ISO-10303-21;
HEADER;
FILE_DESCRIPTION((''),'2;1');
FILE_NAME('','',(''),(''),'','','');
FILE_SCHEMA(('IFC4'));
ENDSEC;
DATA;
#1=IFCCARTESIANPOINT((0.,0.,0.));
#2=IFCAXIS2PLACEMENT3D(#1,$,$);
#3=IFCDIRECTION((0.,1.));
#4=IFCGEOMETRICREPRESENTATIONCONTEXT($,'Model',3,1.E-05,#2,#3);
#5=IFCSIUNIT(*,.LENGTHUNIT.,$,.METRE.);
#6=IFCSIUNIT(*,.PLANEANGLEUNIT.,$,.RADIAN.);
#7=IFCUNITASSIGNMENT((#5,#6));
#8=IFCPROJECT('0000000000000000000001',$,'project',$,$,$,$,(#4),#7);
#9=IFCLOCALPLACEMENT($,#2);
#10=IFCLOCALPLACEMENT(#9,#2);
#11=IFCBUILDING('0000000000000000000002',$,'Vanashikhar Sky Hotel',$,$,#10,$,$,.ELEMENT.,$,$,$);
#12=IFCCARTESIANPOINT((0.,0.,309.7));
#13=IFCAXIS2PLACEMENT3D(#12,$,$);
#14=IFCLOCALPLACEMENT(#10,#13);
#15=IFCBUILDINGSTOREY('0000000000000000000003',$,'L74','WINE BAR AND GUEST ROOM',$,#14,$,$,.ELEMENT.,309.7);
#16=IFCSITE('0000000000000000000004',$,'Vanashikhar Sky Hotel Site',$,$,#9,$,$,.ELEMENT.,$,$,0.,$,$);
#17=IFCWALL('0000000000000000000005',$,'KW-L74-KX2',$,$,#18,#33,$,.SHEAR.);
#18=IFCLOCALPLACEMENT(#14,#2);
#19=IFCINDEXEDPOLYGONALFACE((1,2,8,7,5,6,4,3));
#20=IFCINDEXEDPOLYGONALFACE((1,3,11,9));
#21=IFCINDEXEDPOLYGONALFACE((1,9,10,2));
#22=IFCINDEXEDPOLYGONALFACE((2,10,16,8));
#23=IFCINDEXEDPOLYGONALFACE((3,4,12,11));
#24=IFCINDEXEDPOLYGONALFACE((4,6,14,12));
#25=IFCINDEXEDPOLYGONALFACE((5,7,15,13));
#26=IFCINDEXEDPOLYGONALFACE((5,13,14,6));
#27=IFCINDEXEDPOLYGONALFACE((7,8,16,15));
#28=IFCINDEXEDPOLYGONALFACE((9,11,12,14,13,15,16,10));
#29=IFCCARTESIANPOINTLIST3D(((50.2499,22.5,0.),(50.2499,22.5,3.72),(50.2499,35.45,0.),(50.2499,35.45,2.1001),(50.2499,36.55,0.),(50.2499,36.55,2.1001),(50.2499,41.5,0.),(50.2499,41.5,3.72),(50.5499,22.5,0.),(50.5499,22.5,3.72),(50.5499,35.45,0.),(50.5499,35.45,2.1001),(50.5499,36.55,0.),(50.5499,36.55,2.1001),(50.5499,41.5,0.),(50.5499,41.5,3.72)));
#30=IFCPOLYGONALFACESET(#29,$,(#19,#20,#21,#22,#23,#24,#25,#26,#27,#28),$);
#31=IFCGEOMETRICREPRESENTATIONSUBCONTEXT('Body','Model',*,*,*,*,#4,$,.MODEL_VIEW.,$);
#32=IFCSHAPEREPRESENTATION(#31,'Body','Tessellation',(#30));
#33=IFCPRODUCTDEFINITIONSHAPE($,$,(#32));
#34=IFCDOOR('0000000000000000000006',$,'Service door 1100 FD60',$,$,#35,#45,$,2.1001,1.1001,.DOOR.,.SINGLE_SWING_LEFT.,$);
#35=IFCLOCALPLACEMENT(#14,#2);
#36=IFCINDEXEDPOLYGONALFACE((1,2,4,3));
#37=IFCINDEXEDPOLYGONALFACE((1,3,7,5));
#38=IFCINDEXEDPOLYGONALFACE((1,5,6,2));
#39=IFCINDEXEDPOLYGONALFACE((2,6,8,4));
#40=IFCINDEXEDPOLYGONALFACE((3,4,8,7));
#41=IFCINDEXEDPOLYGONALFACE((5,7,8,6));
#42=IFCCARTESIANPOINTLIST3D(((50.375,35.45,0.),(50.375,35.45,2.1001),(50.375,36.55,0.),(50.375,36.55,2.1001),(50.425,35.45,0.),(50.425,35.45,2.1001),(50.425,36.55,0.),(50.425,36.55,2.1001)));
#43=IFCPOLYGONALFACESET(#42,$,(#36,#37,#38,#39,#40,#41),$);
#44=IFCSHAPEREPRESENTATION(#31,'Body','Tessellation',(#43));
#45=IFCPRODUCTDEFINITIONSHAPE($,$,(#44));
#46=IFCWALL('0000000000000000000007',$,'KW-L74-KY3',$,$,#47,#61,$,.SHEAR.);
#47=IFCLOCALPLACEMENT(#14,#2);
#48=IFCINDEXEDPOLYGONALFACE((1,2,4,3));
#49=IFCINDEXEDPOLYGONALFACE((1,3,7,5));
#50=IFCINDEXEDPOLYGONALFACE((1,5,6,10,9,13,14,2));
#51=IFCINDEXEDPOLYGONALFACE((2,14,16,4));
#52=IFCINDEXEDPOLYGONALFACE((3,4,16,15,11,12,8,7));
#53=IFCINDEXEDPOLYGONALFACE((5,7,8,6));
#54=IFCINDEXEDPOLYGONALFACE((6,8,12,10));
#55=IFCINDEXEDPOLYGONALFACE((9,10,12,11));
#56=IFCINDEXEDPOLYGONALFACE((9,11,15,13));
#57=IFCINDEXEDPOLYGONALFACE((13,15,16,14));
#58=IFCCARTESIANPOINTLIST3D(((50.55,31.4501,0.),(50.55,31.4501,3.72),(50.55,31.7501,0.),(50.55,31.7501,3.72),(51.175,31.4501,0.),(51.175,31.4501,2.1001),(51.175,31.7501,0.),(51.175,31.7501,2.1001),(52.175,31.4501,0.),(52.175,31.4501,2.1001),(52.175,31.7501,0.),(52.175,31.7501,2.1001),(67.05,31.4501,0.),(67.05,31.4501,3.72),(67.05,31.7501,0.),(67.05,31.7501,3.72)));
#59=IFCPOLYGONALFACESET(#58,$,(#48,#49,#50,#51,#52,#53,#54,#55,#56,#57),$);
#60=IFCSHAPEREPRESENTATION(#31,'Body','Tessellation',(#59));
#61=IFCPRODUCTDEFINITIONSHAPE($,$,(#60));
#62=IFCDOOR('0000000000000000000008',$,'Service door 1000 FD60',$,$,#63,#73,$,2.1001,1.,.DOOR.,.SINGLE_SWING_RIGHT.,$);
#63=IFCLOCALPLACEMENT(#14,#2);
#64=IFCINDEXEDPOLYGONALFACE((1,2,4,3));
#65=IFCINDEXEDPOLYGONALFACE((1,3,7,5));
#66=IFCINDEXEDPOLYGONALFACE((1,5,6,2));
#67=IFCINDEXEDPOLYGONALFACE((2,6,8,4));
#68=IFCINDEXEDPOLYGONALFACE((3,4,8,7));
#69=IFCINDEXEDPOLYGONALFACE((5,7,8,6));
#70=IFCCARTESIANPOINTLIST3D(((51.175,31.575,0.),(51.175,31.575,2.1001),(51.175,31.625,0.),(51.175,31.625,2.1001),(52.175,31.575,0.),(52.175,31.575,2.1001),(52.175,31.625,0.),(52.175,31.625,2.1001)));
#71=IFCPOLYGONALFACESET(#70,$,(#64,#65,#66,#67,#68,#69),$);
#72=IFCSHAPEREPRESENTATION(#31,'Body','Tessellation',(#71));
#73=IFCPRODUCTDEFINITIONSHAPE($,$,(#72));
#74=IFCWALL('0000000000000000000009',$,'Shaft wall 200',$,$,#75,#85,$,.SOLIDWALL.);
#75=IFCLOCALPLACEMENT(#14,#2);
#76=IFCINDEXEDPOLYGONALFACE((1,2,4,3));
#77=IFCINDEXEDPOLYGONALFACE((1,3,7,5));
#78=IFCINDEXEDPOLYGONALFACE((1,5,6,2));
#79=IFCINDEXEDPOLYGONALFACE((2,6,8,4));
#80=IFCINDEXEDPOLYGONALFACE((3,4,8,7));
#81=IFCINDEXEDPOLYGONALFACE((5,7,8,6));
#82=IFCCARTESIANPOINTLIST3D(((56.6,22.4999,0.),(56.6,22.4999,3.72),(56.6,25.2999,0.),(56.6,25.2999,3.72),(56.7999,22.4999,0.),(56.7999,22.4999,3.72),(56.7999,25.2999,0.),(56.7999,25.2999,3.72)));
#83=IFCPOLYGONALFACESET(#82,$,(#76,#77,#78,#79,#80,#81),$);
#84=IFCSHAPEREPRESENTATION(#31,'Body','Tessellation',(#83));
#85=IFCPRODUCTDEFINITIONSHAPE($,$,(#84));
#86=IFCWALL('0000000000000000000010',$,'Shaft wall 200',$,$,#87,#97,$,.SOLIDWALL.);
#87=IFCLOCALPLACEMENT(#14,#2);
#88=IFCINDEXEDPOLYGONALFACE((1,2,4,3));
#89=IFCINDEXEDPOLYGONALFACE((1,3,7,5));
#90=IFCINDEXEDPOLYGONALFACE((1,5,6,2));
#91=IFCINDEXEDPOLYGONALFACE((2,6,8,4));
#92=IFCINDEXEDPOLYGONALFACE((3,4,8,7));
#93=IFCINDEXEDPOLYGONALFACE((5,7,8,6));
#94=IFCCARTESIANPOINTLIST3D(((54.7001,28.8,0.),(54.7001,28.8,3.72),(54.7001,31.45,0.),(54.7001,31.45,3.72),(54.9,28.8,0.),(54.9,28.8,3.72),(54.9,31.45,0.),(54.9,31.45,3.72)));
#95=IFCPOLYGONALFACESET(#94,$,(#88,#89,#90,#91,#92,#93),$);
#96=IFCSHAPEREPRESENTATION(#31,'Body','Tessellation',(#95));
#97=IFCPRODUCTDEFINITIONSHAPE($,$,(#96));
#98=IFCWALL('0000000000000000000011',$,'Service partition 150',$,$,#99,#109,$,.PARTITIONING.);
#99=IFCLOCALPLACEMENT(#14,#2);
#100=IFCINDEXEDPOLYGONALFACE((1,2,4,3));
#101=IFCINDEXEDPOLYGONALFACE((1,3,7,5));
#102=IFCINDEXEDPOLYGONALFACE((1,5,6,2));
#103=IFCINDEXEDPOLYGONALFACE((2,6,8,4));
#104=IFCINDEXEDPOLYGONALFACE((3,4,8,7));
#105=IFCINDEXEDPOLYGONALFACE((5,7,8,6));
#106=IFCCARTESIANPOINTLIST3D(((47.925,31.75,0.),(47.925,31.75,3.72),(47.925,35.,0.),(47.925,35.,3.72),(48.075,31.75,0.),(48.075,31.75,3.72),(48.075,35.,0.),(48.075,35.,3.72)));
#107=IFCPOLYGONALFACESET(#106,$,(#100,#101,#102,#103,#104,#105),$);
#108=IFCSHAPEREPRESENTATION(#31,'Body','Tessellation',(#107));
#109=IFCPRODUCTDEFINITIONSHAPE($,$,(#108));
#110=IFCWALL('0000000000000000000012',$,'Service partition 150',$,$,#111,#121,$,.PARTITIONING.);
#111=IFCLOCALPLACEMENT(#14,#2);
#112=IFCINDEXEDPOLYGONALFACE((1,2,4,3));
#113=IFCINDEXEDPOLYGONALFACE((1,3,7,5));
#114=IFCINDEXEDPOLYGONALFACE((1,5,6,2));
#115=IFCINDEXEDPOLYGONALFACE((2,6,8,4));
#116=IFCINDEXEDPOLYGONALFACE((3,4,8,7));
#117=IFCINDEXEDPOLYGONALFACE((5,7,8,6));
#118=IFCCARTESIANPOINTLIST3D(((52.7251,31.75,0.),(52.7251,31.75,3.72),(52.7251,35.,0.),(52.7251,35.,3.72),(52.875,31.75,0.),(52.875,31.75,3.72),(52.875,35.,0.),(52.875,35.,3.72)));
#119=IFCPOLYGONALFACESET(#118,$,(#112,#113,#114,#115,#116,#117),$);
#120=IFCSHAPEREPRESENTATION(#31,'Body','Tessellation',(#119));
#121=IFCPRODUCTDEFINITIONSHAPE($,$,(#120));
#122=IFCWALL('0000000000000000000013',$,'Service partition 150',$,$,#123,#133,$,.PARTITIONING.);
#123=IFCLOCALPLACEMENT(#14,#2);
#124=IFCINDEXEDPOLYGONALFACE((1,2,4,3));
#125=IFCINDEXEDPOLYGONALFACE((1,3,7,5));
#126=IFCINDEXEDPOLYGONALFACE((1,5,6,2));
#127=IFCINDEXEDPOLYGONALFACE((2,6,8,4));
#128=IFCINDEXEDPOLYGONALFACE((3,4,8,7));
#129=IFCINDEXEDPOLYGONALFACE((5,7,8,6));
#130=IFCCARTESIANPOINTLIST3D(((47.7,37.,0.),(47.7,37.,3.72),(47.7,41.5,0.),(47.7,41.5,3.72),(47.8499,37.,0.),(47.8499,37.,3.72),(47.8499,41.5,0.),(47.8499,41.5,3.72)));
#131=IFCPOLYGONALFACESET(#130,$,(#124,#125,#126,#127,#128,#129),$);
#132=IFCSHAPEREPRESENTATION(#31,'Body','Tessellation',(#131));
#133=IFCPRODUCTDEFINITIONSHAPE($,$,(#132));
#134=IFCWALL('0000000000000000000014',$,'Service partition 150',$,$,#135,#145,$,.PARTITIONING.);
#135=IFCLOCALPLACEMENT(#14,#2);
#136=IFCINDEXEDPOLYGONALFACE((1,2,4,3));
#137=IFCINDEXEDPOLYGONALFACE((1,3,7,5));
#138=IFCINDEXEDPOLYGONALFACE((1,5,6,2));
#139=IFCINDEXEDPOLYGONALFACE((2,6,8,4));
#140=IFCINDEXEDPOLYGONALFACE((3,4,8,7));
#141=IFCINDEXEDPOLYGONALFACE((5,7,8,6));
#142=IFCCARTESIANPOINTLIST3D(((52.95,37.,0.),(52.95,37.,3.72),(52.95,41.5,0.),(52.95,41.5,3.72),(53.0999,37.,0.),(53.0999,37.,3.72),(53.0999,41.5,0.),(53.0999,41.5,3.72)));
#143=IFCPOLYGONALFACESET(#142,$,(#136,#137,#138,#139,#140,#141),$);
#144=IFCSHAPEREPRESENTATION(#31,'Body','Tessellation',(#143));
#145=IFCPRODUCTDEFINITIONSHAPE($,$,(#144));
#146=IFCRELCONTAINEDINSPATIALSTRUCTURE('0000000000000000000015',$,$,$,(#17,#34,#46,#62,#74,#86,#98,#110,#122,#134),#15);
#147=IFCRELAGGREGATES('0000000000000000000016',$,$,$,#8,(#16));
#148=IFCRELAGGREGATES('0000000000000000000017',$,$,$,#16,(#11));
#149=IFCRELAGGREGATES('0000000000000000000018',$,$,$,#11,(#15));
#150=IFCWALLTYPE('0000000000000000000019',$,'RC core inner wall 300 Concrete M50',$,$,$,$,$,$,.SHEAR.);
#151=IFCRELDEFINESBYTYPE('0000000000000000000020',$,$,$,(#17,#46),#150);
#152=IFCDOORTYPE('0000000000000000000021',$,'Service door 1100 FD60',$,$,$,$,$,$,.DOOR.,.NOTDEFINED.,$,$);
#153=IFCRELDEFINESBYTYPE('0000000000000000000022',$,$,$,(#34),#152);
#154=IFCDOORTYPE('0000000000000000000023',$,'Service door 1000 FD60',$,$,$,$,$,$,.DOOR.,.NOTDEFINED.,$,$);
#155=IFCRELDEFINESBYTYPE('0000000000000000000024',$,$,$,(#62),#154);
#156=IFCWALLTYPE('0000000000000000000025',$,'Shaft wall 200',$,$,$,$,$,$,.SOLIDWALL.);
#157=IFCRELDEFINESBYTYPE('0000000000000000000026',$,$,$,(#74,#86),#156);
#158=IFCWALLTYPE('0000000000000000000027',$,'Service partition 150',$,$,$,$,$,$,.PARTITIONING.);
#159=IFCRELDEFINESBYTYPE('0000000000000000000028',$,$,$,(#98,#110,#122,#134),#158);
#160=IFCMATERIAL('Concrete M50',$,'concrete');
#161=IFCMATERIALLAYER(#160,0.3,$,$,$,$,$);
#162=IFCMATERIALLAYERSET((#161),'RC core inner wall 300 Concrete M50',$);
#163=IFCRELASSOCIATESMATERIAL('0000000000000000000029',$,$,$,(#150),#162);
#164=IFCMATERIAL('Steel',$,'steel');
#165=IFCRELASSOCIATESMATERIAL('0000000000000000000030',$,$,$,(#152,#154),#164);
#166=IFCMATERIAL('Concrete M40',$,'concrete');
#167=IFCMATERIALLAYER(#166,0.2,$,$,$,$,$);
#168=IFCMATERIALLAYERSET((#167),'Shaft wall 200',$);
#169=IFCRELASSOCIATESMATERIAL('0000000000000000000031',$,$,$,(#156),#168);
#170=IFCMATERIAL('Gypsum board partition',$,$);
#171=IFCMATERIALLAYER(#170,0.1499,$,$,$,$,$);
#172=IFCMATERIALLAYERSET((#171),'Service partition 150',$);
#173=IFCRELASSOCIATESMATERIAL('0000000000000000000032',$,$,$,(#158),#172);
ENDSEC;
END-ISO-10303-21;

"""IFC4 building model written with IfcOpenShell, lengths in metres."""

from ifc_helpers import new_model, si_unit, direction, frame, frame_2d, origin, place, context, subcontext, project, spatial, rectangle, extrude, source, transform, mapped, material, layer, layer_set, type_object, element, fill, save


model = new_model("IFC4")

# Units and contexts
model_context = context("Model", 3, precision=1e-05, world=origin(), true_north=direction((0.0, 1.0)))
body_context = subcontext(model_context, "Body", "Model", "MODEL_VIEW")
ifc_project = project(units=[si_unit("LENGTHUNIT", "METRE"), si_unit("PLANEANGLEUNIT", "RADIAN")], contexts=[model_context])

# Site, building, storey
site_placement = place(None, origin())
site = spatial("IfcSite", under=ifc_project, at=site_placement, Name="Vanashikhar Sky Hotel Site", CompositionType="ELEMENT", RefElevation=0.0)
building_placement = place(site_placement, origin())
building = spatial("IfcBuilding", under=site, at=building_placement, Name="Vanashikhar Sky Hotel", CompositionType="ELEMENT")
storey_placement = place(building_placement, frame((0.0, 0.0, 309.7)))
storey = spatial("IfcBuildingStorey", under=building, at=storey_placement, Name="L74", Description="WINE BAR AND GUEST ROOM", CompositionType="ELEMENT", Elevation=309.7)

# Walls, openings, doors
ifc_material_1 = material(Name="Concrete M50", Category="concrete")
ifc_layer_1 = layer(ifc_material_1, 0.3)
ifc_layer_set_1 = layer_set([ifc_layer_1], Name="RC core inner wall 300 Concrete M50")
wall_type_1 = type_object("IfcWallType", Name="RC core inner wall 300 Concrete M50", PredefinedType="SHEAR", material=ifc_layer_set_1)
shared_shape_1 = source(origin(), body_context, "Body", "SweptSolid", [
    extrude(rectangle(XDim=19.0, YDim=0.3, at=frame_2d((9.5, 0.0))), origin(), (0.0, 0.0, 1.0), 3.72),
])
wall_1_placement = place(storey_placement, frame((50.3999, 22.5, 0.0), z_axis=(0.0, 0.0, 1.0), x_axis=(0.0, 1.0, 0.0)))
wall_1 = element("IfcWall", 1, at=wall_1_placement, inside=storey, type_object=wall_type_1, Name="KW-L74-KX2", PredefinedType="SHEAR", context=body_context, shape_type="MappedRepresentation", body=[
    mapped(shared_shape_1, transform((0.0, 0.0, 0.0), scale=1.0)),
])
shared_shape_2 = source(origin(), body_context, "Body", "SweptSolid", [
    extrude(rectangle(XDim=1.1001, YDim=2.1001, at=frame_2d((0.55, 1.05))), frame((0.0, 0.1602, 0.0), z_axis=(0.0, -1.0, 0.0), x_axis=(1.0, 0.0, 0.0)), (0.0, 0.0, 1.0), 0.3201),
])
opening_1_placement = place(wall_1_placement, frame((12.95, 0.0, 0.0)))
opening_1 = element("IfcOpeningElement", 2, at=opening_1_placement, cuts=wall_1, PredefinedType="OPENING", context=body_context, shape_type="MappedRepresentation", body=[
    mapped(shared_shape_2, transform((0.0, 0.0, 0.0), scale=1.0)),
])
ifc_material_2 = material(Name="Steel", Category="steel")
door_type_1 = type_object("IfcDoorType", Name="Service door 1100 FD60", OperationType="NOTDEFINED", PredefinedType="DOOR", material=ifc_material_2)
shared_shape_3 = source(origin(), body_context, "Body", "SweptSolid", [
    extrude(rectangle(XDim=1.1001, YDim=2.1001, at=frame_2d((0.55, 1.05))), frame((0.0, 0.0249, 0.0), z_axis=(0.0, -1.0, 0.0), x_axis=(1.0, 0.0, 0.0)), (0.0, 0.0, 1.0), 0.05),
])
door_1_placement = place(opening_1_placement, origin())
door_1 = element("IfcDoor", 3, at=door_1_placement, inside=storey, type_object=door_type_1, Name="Service door 1100 FD60", OperationType="SINGLE_SWING_LEFT", OverallHeight=2.1001, OverallWidth=1.1001, PredefinedType="DOOR", context=body_context, shape_type="MappedRepresentation", body=[
    mapped(shared_shape_3, transform((0.0, 0.0, 0.0), scale=1.0)),
])
fill(opening_1, door_1)
shared_shape_4 = source(origin(), body_context, "Body", "SweptSolid", [
    extrude(rectangle(XDim=16.5, YDim=0.3, at=frame_2d((8.25, 0.0))), origin(), (0.0, 0.0, 1.0), 3.72),
])
wall_2_placement = place(storey_placement, frame((50.55, 31.6001, 0.0), z_axis=(0.0, 0.0, 1.0), x_axis=(1.0, 0.0, 0.0)))
wall_2 = element("IfcWall", 4, at=wall_2_placement, inside=storey, type_object=wall_type_1, Name="KW-L74-KY3", PredefinedType="SHEAR", context=body_context, shape_type="MappedRepresentation", body=[
    mapped(shared_shape_4, transform((0.0, 0.0, 0.0), scale=1.0)),
])
shared_shape_5 = source(origin(), body_context, "Body", "SweptSolid", [
    extrude(rectangle(XDim=1.0, YDim=2.1001, at=frame_2d((0.5, 1.05))), frame((0.0, 0.1602, 0.0), z_axis=(0.0, -1.0, 0.0), x_axis=(1.0, 0.0, 0.0)), (0.0, 0.0, 1.0), 0.3201),
])
opening_2_placement = place(wall_2_placement, frame((0.625, 0.0, 0.0)))
opening_2 = element("IfcOpeningElement", 5, at=opening_2_placement, cuts=wall_2, PredefinedType="OPENING", context=body_context, shape_type="MappedRepresentation", body=[
    mapped(shared_shape_5, transform((0.0, 0.0, 0.0), scale=1.0)),
])
door_type_2 = type_object("IfcDoorType", Name="Service door 1000 FD60", OperationType="NOTDEFINED", PredefinedType="DOOR", material=ifc_material_2)
shared_shape_6 = source(origin(), body_context, "Body", "SweptSolid", [
    extrude(rectangle(XDim=1.0, YDim=2.1001, at=frame_2d((0.5, 1.05))), frame((0.0, 0.0249, 0.0), z_axis=(0.0, -1.0, 0.0), x_axis=(1.0, 0.0, 0.0)), (0.0, 0.0, 1.0), 0.05),
])
door_2_placement = place(opening_2_placement, origin())
door_2 = element("IfcDoor", 6, at=door_2_placement, inside=storey, type_object=door_type_2, Name="Service door 1000 FD60", OperationType="SINGLE_SWING_RIGHT", OverallHeight=2.1001, OverallWidth=1.0, PredefinedType="DOOR", context=body_context, shape_type="MappedRepresentation", body=[
    mapped(shared_shape_6, transform((0.0, 0.0, 0.0), scale=1.0)),
])
fill(opening_2, door_2)

# Walls
ifc_material_3 = material(Name="Concrete M40", Category="concrete")
ifc_layer_2 = layer(ifc_material_3, 0.2)
ifc_layer_set_2 = layer_set([ifc_layer_2], Name="Shaft wall 200")
wall_type_2 = type_object("IfcWallType", Name="Shaft wall 200", PredefinedType="SOLIDWALL", material=ifc_layer_set_2)
shared_shape_7 = source(origin(), body_context, "Body", "SweptSolid", [
    extrude(rectangle(XDim=2.8, YDim=0.2, at=frame_2d((1.3999, 0.0))), origin(), (0.0, 0.0, 1.0), 3.72),
])
wall_3_placement = place(storey_placement, frame((56.7, 22.5, 0.0), z_axis=(0.0, 0.0, 1.0), x_axis=(0.0, 1.0, 0.0)))
element("IfcWall", 7, at=wall_3_placement, inside=storey, type_object=wall_type_2, Name="Shaft wall 200", PredefinedType="SOLIDWALL", context=body_context, shape_type="MappedRepresentation", body=[
    mapped(shared_shape_7, transform((0.0, 0.0, 0.0), scale=1.0)),
])
shared_shape_8 = source(origin(), body_context, "Body", "SweptSolid", [
    extrude(rectangle(XDim=2.6499, YDim=0.2, at=frame_2d((1.325, 0.0))), origin(), (0.0, 0.0, 1.0), 3.72),
])
wall_4_placement = place(storey_placement, frame((54.8, 28.8, 0.0), z_axis=(0.0, 0.0, 1.0), x_axis=(0.0, 1.0, 0.0)))
element("IfcWall", 8, at=wall_4_placement, inside=storey, type_object=wall_type_2, Name="Shaft wall 200", PredefinedType="SOLIDWALL", context=body_context, shape_type="MappedRepresentation", body=[
    mapped(shared_shape_8, transform((0.0, 0.0, 0.0), scale=1.0)),
])
ifc_material_4 = material(Name="Gypsum board partition")
ifc_layer_3 = layer(ifc_material_4, 0.1499)
ifc_layer_set_3 = layer_set([ifc_layer_3], Name="Service partition 150")
wall_type_3 = type_object("IfcWallType", Name="Service partition 150", PredefinedType="PARTITIONING", material=ifc_layer_set_3)
shared_shape_9 = source(origin(), body_context, "Body", "SweptSolid", [
    extrude(rectangle(XDim=3.25, YDim=0.1499, at=frame_2d((1.625, 0.0))), origin(), (0.0, 0.0, 1.0), 3.72),
])
for number, where, z_axis, x_axis, name in (
    (9, (48.0, 31.75, 0.0), (0.0, 0.0, 1.0), (0.0, 1.0, 0.0), "Service partition 150"),
    (10, (52.8, 31.75, 0.0), (0.0, 0.0, 1.0), (0.0, 1.0, 0.0), "Service partition 150"),
):
    element("IfcWall", number, at=place(storey_placement, frame(where, z_axis=z_axis, x_axis=x_axis)), inside=storey, type_object=wall_type_3, Name=name, PredefinedType="PARTITIONING", context=body_context, shape_type="MappedRepresentation", body=[
        mapped(shared_shape_9, transform((0.0, 0.0, 0.0), scale=1.0)),
    ])
shared_shape_10 = source(origin(), body_context, "Body", "SweptSolid", [
    extrude(rectangle(XDim=4.5, YDim=0.1499, at=frame_2d((2.25, 0.0))), origin(), (0.0, 0.0, 1.0), 3.72),
])
for number, where, z_axis, x_axis, name in (
    (11, (47.7749, 37.0, 0.0), (0.0, 0.0, 1.0), (0.0, 1.0, 0.0), "Service partition 150"),
    (12, (53.0249, 37.0, 0.0), (0.0, 0.0, 1.0), (0.0, 1.0, 0.0), "Service partition 150"),
):
    element("IfcWall", number, at=place(storey_placement, frame(where, z_axis=z_axis, x_axis=x_axis)), inside=storey, type_object=wall_type_3, Name=name, PredefinedType="PARTITIONING", context=body_context, shape_type="MappedRepresentation", body=[
        mapped(shared_shape_10, transform((0.0, 0.0, 0.0), scale=1.0)),
    ])

save(model, "model.ifc")
